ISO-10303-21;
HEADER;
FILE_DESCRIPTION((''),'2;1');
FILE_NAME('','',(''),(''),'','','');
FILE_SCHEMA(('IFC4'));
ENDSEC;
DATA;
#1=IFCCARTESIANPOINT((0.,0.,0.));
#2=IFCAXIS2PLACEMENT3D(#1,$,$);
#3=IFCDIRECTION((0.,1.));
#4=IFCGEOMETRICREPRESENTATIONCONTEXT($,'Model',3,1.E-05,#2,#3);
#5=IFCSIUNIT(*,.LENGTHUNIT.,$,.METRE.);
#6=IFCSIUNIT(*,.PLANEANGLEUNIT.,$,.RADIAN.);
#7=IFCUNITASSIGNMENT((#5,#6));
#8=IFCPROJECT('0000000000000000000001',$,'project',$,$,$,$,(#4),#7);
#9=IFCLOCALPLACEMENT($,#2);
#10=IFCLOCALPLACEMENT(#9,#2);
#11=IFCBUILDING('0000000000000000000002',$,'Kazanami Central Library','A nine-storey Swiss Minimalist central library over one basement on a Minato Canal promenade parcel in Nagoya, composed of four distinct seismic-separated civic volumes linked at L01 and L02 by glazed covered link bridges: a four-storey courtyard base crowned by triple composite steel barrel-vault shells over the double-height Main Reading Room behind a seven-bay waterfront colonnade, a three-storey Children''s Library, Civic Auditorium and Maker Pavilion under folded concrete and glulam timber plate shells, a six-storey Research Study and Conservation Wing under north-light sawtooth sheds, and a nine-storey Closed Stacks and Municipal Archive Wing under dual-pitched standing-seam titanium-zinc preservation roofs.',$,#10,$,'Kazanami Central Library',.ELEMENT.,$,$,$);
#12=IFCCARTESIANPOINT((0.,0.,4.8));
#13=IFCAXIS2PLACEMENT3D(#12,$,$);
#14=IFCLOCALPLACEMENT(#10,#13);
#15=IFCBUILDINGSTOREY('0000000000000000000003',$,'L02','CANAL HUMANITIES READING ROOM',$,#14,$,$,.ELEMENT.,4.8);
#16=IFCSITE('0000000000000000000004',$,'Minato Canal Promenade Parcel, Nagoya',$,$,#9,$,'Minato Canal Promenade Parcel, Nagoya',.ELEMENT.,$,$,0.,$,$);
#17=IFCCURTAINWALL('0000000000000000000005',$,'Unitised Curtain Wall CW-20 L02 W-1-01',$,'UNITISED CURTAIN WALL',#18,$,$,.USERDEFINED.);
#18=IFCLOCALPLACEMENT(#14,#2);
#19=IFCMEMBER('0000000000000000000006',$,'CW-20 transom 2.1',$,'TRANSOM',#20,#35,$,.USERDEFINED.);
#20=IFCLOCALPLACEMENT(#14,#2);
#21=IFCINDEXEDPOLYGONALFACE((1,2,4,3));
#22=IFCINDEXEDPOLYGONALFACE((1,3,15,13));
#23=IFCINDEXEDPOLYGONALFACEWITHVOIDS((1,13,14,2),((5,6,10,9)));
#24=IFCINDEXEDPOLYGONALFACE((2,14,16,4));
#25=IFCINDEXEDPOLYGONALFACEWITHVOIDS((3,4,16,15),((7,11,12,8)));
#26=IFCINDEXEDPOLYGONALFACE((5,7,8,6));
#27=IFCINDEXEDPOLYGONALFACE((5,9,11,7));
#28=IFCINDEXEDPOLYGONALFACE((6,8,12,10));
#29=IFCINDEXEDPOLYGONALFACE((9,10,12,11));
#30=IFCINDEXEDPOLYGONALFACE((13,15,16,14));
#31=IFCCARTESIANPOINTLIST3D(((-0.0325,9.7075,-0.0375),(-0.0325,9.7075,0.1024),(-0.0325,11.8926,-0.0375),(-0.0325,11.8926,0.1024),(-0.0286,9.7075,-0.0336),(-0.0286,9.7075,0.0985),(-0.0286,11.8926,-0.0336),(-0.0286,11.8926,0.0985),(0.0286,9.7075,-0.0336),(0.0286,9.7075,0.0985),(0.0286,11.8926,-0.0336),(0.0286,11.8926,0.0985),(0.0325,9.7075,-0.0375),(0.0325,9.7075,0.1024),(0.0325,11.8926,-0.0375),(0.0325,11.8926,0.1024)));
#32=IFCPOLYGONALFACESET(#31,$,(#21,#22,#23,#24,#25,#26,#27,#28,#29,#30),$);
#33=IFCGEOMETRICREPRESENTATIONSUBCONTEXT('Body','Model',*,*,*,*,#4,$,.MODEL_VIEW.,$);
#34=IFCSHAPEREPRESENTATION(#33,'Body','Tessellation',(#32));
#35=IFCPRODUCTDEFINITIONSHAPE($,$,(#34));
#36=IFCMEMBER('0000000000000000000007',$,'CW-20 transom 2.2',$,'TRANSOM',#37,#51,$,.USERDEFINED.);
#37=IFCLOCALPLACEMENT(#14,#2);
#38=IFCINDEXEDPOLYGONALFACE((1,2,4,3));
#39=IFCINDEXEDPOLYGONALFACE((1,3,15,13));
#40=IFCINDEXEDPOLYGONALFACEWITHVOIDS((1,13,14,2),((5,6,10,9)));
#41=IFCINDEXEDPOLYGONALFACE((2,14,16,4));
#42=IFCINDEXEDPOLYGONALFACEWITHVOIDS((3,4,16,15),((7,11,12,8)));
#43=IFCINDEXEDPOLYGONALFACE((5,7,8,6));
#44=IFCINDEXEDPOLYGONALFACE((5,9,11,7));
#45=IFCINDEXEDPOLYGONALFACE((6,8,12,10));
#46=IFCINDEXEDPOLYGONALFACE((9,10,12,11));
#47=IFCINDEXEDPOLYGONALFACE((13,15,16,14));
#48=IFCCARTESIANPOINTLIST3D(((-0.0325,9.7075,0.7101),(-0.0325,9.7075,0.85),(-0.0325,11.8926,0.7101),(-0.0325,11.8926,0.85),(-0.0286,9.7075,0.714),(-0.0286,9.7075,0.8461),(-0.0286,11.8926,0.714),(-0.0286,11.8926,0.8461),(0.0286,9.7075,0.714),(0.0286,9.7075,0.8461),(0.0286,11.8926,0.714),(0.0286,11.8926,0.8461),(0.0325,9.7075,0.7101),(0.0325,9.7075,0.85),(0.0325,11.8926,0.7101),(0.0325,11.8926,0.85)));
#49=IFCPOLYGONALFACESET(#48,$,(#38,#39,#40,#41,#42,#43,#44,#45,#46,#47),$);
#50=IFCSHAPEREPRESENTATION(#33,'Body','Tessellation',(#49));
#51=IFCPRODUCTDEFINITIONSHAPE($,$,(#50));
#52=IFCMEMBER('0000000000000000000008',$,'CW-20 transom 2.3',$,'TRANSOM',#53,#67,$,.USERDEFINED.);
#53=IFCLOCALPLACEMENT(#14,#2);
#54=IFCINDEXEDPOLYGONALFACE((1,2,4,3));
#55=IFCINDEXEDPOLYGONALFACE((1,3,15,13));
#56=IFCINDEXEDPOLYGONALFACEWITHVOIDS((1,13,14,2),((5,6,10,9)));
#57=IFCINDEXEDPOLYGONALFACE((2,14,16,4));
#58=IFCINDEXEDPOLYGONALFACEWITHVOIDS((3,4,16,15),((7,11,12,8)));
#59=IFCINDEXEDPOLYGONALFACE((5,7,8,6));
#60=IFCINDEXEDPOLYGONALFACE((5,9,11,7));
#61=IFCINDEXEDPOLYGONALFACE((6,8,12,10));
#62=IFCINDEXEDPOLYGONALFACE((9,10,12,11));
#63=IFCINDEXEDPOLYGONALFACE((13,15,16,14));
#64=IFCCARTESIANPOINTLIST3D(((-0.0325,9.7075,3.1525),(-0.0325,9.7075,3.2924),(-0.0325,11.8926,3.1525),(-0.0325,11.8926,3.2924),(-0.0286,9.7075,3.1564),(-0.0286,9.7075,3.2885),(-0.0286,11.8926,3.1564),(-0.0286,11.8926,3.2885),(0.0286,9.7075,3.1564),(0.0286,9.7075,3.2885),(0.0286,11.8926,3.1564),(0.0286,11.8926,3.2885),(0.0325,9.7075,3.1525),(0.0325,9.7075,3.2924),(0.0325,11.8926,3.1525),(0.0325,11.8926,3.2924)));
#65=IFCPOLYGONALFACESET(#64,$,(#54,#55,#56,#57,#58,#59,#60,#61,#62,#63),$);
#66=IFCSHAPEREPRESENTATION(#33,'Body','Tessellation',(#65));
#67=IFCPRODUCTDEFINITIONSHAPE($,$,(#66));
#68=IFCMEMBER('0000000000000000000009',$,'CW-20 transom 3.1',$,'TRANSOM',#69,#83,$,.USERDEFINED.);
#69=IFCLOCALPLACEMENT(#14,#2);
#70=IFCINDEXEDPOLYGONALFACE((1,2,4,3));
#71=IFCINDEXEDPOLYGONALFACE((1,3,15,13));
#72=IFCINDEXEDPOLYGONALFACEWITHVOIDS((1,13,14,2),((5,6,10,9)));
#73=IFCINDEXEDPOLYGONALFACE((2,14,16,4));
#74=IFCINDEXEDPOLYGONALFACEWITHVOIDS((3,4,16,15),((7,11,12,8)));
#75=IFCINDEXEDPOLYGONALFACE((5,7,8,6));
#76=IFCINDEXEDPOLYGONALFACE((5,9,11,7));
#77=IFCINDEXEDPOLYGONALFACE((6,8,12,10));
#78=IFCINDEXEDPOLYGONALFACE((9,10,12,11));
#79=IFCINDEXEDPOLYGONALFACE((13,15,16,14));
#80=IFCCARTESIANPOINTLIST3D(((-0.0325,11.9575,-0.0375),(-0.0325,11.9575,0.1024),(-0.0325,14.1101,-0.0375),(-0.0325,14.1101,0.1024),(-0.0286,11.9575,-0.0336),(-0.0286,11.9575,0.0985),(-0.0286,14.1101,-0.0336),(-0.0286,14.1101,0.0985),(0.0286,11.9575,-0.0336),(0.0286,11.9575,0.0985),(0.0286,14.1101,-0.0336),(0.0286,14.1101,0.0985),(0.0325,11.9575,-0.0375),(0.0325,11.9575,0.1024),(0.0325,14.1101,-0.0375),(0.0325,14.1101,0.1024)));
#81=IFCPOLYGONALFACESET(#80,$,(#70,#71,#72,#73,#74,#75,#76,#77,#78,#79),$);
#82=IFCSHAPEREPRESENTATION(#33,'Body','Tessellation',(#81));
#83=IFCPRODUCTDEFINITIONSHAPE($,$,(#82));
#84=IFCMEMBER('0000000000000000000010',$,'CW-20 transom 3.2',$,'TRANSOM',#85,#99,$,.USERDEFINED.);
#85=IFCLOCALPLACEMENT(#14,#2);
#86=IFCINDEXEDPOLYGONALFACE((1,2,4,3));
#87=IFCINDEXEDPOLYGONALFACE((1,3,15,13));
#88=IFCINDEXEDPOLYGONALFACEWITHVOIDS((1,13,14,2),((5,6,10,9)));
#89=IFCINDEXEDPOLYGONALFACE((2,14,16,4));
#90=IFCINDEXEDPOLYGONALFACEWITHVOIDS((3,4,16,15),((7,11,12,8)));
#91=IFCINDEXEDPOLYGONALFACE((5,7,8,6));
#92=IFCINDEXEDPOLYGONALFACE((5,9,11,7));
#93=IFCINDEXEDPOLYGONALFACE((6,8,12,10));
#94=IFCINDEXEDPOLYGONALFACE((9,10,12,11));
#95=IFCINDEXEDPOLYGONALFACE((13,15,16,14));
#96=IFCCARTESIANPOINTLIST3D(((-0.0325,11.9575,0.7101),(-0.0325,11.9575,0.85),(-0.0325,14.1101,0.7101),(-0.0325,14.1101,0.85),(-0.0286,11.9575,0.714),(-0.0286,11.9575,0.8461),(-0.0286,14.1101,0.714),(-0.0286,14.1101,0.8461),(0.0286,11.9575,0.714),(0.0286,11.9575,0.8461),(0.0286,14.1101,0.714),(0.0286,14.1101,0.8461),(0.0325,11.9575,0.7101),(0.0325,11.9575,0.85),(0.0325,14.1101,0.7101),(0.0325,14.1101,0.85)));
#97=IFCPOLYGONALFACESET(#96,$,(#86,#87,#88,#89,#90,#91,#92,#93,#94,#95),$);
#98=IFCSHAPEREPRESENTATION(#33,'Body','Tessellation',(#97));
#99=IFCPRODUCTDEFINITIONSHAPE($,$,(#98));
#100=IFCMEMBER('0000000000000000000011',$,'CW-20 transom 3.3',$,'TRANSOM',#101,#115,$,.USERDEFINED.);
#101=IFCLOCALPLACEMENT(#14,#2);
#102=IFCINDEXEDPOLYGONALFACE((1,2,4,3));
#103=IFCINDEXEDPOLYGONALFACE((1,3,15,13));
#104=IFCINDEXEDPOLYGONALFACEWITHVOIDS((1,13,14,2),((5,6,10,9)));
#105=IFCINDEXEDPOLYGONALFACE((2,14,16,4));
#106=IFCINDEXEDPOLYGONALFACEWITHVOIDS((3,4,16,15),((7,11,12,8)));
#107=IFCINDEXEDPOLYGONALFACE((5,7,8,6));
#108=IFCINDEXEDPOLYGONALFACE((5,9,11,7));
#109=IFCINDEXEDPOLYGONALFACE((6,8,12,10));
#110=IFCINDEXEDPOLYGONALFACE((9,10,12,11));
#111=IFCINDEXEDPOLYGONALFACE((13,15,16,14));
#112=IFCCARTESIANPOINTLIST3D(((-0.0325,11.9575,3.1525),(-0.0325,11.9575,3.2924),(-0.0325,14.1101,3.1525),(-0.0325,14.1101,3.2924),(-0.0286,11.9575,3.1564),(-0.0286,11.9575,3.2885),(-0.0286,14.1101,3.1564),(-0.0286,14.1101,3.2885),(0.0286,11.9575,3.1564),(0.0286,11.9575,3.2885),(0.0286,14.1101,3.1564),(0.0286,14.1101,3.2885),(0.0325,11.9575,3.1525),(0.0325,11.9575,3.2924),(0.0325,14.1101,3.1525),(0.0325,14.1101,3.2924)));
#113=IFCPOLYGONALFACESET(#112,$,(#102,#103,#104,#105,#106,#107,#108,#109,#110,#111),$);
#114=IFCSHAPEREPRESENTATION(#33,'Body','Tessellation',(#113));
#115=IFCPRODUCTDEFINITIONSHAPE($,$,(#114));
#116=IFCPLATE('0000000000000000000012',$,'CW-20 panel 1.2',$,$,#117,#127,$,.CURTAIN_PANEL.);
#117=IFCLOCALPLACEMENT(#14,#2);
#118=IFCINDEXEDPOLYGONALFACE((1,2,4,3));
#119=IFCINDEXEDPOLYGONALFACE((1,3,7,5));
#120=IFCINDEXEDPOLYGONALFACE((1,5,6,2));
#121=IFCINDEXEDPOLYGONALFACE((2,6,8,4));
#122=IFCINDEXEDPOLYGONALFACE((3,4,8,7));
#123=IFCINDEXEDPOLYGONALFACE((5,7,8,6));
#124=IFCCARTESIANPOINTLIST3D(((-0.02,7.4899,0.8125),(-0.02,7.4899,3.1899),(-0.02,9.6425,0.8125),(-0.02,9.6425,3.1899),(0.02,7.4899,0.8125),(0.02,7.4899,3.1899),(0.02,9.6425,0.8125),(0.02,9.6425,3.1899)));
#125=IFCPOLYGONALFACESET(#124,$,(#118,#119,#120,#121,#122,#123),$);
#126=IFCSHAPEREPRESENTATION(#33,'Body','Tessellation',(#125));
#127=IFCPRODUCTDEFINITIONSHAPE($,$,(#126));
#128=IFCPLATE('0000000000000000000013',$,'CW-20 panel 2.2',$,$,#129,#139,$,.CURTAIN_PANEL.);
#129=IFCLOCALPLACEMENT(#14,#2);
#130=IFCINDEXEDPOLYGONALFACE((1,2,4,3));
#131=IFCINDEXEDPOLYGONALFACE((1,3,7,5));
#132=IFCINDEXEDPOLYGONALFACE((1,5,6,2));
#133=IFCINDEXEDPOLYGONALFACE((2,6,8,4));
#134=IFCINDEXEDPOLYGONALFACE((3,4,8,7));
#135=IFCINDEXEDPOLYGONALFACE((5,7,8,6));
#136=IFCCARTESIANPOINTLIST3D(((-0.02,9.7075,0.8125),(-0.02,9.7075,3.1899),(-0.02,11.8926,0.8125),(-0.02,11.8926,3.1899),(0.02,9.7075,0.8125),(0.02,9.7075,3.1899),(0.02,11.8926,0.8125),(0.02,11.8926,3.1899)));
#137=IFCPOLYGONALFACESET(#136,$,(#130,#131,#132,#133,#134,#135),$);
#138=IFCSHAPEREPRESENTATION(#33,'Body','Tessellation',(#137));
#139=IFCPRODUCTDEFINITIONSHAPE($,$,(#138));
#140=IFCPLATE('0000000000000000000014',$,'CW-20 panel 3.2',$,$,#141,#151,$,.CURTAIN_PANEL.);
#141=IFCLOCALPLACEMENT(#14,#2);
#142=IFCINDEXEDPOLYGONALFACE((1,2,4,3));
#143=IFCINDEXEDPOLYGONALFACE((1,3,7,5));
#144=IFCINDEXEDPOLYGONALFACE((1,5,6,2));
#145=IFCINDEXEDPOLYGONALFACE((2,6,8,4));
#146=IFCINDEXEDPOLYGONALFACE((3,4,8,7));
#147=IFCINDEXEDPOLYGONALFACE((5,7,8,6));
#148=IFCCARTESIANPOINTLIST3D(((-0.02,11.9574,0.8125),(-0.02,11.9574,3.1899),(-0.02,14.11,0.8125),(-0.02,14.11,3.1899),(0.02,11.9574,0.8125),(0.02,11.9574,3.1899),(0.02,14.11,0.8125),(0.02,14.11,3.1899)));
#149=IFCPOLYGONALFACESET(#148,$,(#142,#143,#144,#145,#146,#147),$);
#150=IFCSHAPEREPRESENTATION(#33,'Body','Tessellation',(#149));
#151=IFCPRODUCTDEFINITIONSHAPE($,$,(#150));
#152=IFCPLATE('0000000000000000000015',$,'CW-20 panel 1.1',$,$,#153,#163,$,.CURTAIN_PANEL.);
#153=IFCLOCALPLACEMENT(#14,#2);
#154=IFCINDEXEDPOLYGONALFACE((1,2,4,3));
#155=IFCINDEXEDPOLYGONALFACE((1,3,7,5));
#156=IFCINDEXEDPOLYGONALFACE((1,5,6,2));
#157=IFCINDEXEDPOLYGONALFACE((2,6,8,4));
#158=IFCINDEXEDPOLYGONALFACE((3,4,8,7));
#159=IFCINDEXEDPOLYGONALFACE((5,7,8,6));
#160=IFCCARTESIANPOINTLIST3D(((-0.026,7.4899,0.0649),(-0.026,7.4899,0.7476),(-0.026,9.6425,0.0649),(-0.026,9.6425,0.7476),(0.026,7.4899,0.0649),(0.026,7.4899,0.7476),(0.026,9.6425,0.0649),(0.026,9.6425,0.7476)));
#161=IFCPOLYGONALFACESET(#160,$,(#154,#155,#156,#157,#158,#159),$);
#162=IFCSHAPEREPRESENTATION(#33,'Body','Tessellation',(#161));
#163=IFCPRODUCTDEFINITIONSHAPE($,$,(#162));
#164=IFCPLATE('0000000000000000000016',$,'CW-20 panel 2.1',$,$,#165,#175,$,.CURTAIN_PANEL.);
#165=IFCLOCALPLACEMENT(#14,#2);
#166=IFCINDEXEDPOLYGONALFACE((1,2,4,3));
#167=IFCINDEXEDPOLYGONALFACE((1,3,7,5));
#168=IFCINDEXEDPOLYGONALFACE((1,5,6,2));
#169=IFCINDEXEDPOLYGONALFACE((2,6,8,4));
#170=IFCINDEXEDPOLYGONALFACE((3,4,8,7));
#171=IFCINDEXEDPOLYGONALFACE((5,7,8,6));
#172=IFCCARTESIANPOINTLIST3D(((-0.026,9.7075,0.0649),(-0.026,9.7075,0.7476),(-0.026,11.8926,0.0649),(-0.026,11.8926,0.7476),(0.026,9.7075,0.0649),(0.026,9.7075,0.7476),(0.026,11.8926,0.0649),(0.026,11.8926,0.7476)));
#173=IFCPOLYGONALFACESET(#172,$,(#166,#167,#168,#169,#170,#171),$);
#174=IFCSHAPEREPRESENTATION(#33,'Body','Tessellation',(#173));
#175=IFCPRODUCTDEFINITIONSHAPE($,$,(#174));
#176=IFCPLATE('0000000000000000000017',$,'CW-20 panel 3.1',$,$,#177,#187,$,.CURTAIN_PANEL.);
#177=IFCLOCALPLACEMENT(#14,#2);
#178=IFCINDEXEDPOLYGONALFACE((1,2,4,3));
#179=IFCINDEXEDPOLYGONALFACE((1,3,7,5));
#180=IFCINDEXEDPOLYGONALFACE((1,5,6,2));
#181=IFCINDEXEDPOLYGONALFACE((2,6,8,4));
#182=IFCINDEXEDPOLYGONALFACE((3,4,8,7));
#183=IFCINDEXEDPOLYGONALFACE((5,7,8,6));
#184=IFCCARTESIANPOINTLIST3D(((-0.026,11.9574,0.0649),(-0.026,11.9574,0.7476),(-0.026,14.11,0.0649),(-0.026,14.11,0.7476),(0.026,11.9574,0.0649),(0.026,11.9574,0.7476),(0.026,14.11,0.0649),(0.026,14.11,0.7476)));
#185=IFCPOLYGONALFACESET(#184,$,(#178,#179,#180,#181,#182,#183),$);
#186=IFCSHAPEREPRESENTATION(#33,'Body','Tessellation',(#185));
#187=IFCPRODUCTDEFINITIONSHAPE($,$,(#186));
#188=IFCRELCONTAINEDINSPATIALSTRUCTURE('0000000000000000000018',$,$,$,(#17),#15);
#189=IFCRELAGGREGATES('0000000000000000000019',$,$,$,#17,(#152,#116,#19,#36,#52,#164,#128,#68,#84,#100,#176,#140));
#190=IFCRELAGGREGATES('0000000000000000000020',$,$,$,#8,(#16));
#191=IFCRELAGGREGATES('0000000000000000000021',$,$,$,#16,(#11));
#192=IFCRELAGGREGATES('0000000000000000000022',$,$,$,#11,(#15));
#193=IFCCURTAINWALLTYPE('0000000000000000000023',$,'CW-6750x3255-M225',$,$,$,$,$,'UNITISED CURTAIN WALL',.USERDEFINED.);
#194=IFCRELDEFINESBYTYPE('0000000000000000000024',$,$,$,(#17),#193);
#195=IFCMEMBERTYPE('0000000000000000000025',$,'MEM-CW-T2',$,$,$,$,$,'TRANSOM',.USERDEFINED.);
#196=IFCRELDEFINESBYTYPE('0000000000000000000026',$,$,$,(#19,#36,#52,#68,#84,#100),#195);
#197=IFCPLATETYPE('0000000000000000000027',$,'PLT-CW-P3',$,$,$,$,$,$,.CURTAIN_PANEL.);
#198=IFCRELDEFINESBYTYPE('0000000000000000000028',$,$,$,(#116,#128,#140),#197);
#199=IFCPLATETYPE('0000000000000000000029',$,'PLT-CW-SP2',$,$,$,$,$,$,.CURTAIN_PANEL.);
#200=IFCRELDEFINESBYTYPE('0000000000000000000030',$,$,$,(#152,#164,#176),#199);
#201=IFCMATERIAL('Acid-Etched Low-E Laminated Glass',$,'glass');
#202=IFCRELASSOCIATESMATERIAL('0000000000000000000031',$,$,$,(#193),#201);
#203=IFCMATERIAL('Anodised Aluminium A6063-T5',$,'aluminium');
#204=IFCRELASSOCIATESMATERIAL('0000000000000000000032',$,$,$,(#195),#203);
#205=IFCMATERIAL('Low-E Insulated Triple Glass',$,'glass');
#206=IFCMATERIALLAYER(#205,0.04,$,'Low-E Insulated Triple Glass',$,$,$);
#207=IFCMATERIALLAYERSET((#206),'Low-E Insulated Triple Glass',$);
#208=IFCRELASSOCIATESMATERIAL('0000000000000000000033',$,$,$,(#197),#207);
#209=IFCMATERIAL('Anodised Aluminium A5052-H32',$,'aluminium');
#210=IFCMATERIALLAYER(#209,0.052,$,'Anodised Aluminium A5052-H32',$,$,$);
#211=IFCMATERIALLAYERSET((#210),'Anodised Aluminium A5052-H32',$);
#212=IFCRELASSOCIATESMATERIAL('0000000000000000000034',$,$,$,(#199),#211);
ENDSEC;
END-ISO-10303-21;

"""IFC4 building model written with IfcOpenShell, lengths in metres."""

from ifc_helpers import new_model, si_unit, direction, frame, origin, origin_2d, place, context, subcontext, project, spatial, rectangle, hollow_rectangle, extrude, material, layer, layer_set, material_profile, profile_set, type_object, element, aggregate, save


model = new_model("IFC4")

# Units and contexts
model_context = context("Model", 3, precision=1e-05, world=origin(), true_north=direction((0.0, 1.0)))
body_context = subcontext(model_context, "Body", "Model", "MODEL_VIEW")
ifc_project = project(units=[si_unit("LENGTHUNIT", "METRE"), si_unit("PLANEANGLEUNIT", "RADIAN")], contexts=[model_context])

# Site, building, storey
site_placement = place(None, origin())
site = spatial("IfcSite", under=ifc_project, at=site_placement, Name="Minato Canal Promenade Parcel, Nagoya", LongName="Minato Canal Promenade Parcel, Nagoya", CompositionType="ELEMENT", RefElevation=0.0)
building_placement = place(site_placement, origin())
building = spatial("IfcBuilding", under=site, at=building_placement, Name="Kazanami Central Library", Description="A nine-storey Swiss Minimalist central library over one basement on a Minato Canal promenade parcel in Nagoya, composed of four distinct seismic-separated civic volumes linked at L01 and L02 by glazed covered link bridges: a four-storey courtyard base crowned by triple composite steel barrel-vault shells over the double-height Main Reading Room behind a seven-bay waterfront colonnade, a three-storey Children's Library, Civic Auditorium and Maker Pavilion under folded concrete and glulam timber plate shells, a six-storey Research Study and Conservation Wing under north-light sawtooth sheds, and a nine-storey Closed Stacks and Municipal Archive Wing under dual-pitched standing-seam titanium-zinc preservation roofs.", LongName="Kazanami Central Library", CompositionType="ELEMENT")
storey_placement = place(building_placement, frame((0.0, 0.0, 4.8)))
storey = spatial("IfcBuildingStorey", under=building, at=storey_placement, Name="L02", Description="CANAL HUMANITIES READING ROOM", CompositionType="ELEMENT", Elevation=4.8)

# Curtain wall, members, plates
ifc_material_1 = material(Name="Acid-Etched Low-E Laminated Glass", Category="glass")
curtain_wall_type = type_object("IfcCurtainWallType", Name="CW-6750x3255-M225", ElementType="UNITISED CURTAIN WALL", PredefinedType="USERDEFINED", material=ifc_material_1)
curtain_wall_placement = place(storey_placement, origin())
curtain_wall = element("IfcCurtainWall", 1, at=curtain_wall_placement, inside=storey, type_object=curtain_wall_type, Name="Unitised Curtain Wall CW-20 L02 W-1-01", ObjectType="UNITISED CURTAIN WALL", PredefinedType="USERDEFINED")
ifc_material_2 = material(Name="Anodised Aluminium A6063-T5", Category="aluminium")
ifc_material_profile_1 = material_profile(ifc_material_2, hollow_rectangle(XDim=0.0649, YDim=0.1399, WallThickness=0.0039, at=origin_2d()), Name="ALU-TRAN-65x140x4")
ifc_profile_set_1 = profile_set([ifc_material_profile_1], Name="Anodised Aluminium A6063-T5")
member_type_1 = type_object("IfcMemberType", Name="MEM-CW-T2", ElementType="TRANSOM", PredefinedType="USERDEFINED", material=ifc_profile_set_1)
member_1_placement = place(storey_placement, frame((0.0, 9.7075, 0.0325), z_axis=(0.0, 1.0, 0.0), x_axis=(-1.0, 0.0, 0.0)))
member_1 = element("IfcMember", 2, at=member_1_placement, type_object=member_type_1, Name="CW-20 transom 2.1", ObjectType="TRANSOM", PredefinedType="USERDEFINED", context=body_context, shape_type="SweptSolid", body=[
    extrude(hollow_rectangle(XDim=0.0649, YDim=0.1399, WallThickness=0.0039, at=origin_2d()), origin(), (0.0, 0.0, 1.0), 2.1851),
])
member_2_placement = place(storey_placement, frame((0.0, 9.7075, 0.78), z_axis=(0.0, 1.0, 0.0), x_axis=(-1.0, 0.0, 0.0)))
member_2 = element("IfcMember", 3, at=member_2_placement, type_object=member_type_1, Name="CW-20 transom 2.2", ObjectType="TRANSOM", PredefinedType="USERDEFINED", context=body_context, shape_type="SweptSolid", body=[
    extrude(hollow_rectangle(XDim=0.0649, YDim=0.1399, WallThickness=0.0039, at=origin_2d()), origin(), (0.0, 0.0, 1.0), 2.1851),
])
member_3_placement = place(storey_placement, frame((0.0, 9.7075, 3.2224), z_axis=(0.0, 1.0, 0.0), x_axis=(-1.0, 0.0, 0.0)))
member_3 = element("IfcMember", 4, at=member_3_placement, type_object=member_type_1, Name="CW-20 transom 2.3", ObjectType="TRANSOM", PredefinedType="USERDEFINED", context=body_context, shape_type="SweptSolid", body=[
    extrude(hollow_rectangle(XDim=0.0649, YDim=0.1399, WallThickness=0.0039, at=origin_2d()), origin(), (0.0, 0.0, 1.0), 2.1851),
])
member_4_placement = place(storey_placement, frame((0.0, 11.9575, 0.0325), z_axis=(0.0, 1.0, 0.0), x_axis=(-1.0, 0.0, 0.0)))
member_4 = element("IfcMember", 5, at=member_4_placement, type_object=member_type_1, Name="CW-20 transom 3.1", ObjectType="TRANSOM", PredefinedType="USERDEFINED", context=body_context, shape_type="SweptSolid", body=[
    extrude(hollow_rectangle(XDim=0.0649, YDim=0.1399, WallThickness=0.0039, at=origin_2d()), origin(), (0.0, 0.0, 1.0), 2.1526),
])
member_5_placement = place(storey_placement, frame((0.0, 11.9575, 0.78), z_axis=(0.0, 1.0, 0.0), x_axis=(-1.0, 0.0, 0.0)))
member_5 = element("IfcMember", 6, at=member_5_placement, type_object=member_type_1, Name="CW-20 transom 3.2", ObjectType="TRANSOM", PredefinedType="USERDEFINED", context=body_context, shape_type="SweptSolid", body=[
    extrude(hollow_rectangle(XDim=0.0649, YDim=0.1399, WallThickness=0.0039, at=origin_2d()), origin(), (0.0, 0.0, 1.0), 2.1526),
])
member_6_placement = place(storey_placement, frame((0.0, 11.9575, 3.2224), z_axis=(0.0, 1.0, 0.0), x_axis=(-1.0, 0.0, 0.0)))
member_6 = element("IfcMember", 7, at=member_6_placement, type_object=member_type_1, Name="CW-20 transom 3.3", ObjectType="TRANSOM", PredefinedType="USERDEFINED", context=body_context, shape_type="SweptSolid", body=[
    extrude(hollow_rectangle(XDim=0.0649, YDim=0.1399, WallThickness=0.0039, at=origin_2d()), origin(), (0.0, 0.0, 1.0), 2.1526),
])
ifc_material_3 = material(Name="Low-E Insulated Triple Glass", Category="glass")
ifc_layer_1 = layer(ifc_material_3, 0.04, Name="Low-E Insulated Triple Glass")
ifc_layer_set_1 = layer_set([ifc_layer_1], Name="Low-E Insulated Triple Glass")
plate_type_1 = type_object("IfcPlateType", Name="PLT-CW-P3", PredefinedType="CURTAIN_PANEL", material=ifc_layer_set_1)
plate_1_placement = place(storey_placement, frame((0.0, 8.5662, 0.8125), z_axis=(0.0, 0.0, 1.0), x_axis=(0.0, 1.0, 0.0)))
plate_1 = element("IfcPlate", 8, at=plate_1_placement, type_object=plate_type_1, Name="CW-20 panel 1.2", PredefinedType="CURTAIN_PANEL", context=body_context, shape_type="SweptSolid", body=[
    extrude(rectangle(XDim=2.1526, YDim=0.04, at=origin_2d()), origin(), (0.0, 0.0, 1.0), 2.3774),
])
plate_2_placement = place(storey_placement, frame((0.0, 10.8, 0.8125), z_axis=(0.0, 0.0, 1.0), x_axis=(0.0, 1.0, 0.0)))
plate_2 = element("IfcPlate", 9, at=plate_2_placement, type_object=plate_type_1, Name="CW-20 panel 2.2", PredefinedType="CURTAIN_PANEL", context=body_context, shape_type="SweptSolid", body=[
    extrude(rectangle(XDim=2.1851, YDim=0.04, at=origin_2d()), origin(), (0.0, 0.0, 1.0), 2.3774),
])
plate_3_placement = place(storey_placement, frame((0.0, 13.0337, 0.8125), z_axis=(0.0, 0.0, 1.0), x_axis=(0.0, 1.0, 0.0)))
plate_3 = element("IfcPlate", 10, at=plate_3_placement, type_object=plate_type_1, Name="CW-20 panel 3.2", PredefinedType="CURTAIN_PANEL", context=body_context, shape_type="SweptSolid", body=[
    extrude(rectangle(XDim=2.1526, YDim=0.04, at=origin_2d()), origin(), (0.0, 0.0, 1.0), 2.3774),
])
ifc_material_4 = material(Name="Anodised Aluminium A5052-H32", Category="aluminium")
ifc_layer_2 = layer(ifc_material_4, 0.052, Name="Anodised Aluminium A5052-H32")
ifc_layer_set_2 = layer_set([ifc_layer_2], Name="Anodised Aluminium A5052-H32")
plate_type_2 = type_object("IfcPlateType", Name="PLT-CW-SP2", PredefinedType="CURTAIN_PANEL", material=ifc_layer_set_2)
plate_4_placement = place(storey_placement, frame((0.0, 8.5662, 0.0649), z_axis=(0.0, 0.0, 1.0), x_axis=(0.0, 1.0, 0.0)))
plate_4 = element("IfcPlate", 11, at=plate_4_placement, type_object=plate_type_2, Name="CW-20 panel 1.1", PredefinedType="CURTAIN_PANEL", context=body_context, shape_type="SweptSolid", body=[
    extrude(rectangle(XDim=2.1526, YDim=0.052, at=origin_2d()), origin(), (0.0, 0.0, 1.0), 0.6826),
])
plate_5_placement = place(storey_placement, frame((0.0, 10.8, 0.0649), z_axis=(0.0, 0.0, 1.0), x_axis=(0.0, 1.0, 0.0)))
plate_5 = element("IfcPlate", 12, at=plate_5_placement, type_object=plate_type_2, Name="CW-20 panel 2.1", PredefinedType="CURTAIN_PANEL", context=body_context, shape_type="SweptSolid", body=[
    extrude(rectangle(XDim=2.1851, YDim=0.052, at=origin_2d()), origin(), (0.0, 0.0, 1.0), 0.6826),
])
plate_6_placement = place(storey_placement, frame((0.0, 13.0337, 0.0649), z_axis=(0.0, 0.0, 1.0), x_axis=(0.0, 1.0, 0.0)))
plate_6 = element("IfcPlate", 13, at=plate_6_placement, type_object=plate_type_2, Name="CW-20 panel 3.1", PredefinedType="CURTAIN_PANEL", context=body_context, shape_type="SweptSolid", body=[
    extrude(rectangle(XDim=2.1526, YDim=0.052, at=origin_2d()), origin(), (0.0, 0.0, 1.0), 0.6826),
])
aggregate(curtain_wall, [plate_4, plate_1, member_1, member_2, member_3, plate_5, plate_2, member_4, member_5, member_6, plate_6, plate_3])

save(model, "model.ifc")
